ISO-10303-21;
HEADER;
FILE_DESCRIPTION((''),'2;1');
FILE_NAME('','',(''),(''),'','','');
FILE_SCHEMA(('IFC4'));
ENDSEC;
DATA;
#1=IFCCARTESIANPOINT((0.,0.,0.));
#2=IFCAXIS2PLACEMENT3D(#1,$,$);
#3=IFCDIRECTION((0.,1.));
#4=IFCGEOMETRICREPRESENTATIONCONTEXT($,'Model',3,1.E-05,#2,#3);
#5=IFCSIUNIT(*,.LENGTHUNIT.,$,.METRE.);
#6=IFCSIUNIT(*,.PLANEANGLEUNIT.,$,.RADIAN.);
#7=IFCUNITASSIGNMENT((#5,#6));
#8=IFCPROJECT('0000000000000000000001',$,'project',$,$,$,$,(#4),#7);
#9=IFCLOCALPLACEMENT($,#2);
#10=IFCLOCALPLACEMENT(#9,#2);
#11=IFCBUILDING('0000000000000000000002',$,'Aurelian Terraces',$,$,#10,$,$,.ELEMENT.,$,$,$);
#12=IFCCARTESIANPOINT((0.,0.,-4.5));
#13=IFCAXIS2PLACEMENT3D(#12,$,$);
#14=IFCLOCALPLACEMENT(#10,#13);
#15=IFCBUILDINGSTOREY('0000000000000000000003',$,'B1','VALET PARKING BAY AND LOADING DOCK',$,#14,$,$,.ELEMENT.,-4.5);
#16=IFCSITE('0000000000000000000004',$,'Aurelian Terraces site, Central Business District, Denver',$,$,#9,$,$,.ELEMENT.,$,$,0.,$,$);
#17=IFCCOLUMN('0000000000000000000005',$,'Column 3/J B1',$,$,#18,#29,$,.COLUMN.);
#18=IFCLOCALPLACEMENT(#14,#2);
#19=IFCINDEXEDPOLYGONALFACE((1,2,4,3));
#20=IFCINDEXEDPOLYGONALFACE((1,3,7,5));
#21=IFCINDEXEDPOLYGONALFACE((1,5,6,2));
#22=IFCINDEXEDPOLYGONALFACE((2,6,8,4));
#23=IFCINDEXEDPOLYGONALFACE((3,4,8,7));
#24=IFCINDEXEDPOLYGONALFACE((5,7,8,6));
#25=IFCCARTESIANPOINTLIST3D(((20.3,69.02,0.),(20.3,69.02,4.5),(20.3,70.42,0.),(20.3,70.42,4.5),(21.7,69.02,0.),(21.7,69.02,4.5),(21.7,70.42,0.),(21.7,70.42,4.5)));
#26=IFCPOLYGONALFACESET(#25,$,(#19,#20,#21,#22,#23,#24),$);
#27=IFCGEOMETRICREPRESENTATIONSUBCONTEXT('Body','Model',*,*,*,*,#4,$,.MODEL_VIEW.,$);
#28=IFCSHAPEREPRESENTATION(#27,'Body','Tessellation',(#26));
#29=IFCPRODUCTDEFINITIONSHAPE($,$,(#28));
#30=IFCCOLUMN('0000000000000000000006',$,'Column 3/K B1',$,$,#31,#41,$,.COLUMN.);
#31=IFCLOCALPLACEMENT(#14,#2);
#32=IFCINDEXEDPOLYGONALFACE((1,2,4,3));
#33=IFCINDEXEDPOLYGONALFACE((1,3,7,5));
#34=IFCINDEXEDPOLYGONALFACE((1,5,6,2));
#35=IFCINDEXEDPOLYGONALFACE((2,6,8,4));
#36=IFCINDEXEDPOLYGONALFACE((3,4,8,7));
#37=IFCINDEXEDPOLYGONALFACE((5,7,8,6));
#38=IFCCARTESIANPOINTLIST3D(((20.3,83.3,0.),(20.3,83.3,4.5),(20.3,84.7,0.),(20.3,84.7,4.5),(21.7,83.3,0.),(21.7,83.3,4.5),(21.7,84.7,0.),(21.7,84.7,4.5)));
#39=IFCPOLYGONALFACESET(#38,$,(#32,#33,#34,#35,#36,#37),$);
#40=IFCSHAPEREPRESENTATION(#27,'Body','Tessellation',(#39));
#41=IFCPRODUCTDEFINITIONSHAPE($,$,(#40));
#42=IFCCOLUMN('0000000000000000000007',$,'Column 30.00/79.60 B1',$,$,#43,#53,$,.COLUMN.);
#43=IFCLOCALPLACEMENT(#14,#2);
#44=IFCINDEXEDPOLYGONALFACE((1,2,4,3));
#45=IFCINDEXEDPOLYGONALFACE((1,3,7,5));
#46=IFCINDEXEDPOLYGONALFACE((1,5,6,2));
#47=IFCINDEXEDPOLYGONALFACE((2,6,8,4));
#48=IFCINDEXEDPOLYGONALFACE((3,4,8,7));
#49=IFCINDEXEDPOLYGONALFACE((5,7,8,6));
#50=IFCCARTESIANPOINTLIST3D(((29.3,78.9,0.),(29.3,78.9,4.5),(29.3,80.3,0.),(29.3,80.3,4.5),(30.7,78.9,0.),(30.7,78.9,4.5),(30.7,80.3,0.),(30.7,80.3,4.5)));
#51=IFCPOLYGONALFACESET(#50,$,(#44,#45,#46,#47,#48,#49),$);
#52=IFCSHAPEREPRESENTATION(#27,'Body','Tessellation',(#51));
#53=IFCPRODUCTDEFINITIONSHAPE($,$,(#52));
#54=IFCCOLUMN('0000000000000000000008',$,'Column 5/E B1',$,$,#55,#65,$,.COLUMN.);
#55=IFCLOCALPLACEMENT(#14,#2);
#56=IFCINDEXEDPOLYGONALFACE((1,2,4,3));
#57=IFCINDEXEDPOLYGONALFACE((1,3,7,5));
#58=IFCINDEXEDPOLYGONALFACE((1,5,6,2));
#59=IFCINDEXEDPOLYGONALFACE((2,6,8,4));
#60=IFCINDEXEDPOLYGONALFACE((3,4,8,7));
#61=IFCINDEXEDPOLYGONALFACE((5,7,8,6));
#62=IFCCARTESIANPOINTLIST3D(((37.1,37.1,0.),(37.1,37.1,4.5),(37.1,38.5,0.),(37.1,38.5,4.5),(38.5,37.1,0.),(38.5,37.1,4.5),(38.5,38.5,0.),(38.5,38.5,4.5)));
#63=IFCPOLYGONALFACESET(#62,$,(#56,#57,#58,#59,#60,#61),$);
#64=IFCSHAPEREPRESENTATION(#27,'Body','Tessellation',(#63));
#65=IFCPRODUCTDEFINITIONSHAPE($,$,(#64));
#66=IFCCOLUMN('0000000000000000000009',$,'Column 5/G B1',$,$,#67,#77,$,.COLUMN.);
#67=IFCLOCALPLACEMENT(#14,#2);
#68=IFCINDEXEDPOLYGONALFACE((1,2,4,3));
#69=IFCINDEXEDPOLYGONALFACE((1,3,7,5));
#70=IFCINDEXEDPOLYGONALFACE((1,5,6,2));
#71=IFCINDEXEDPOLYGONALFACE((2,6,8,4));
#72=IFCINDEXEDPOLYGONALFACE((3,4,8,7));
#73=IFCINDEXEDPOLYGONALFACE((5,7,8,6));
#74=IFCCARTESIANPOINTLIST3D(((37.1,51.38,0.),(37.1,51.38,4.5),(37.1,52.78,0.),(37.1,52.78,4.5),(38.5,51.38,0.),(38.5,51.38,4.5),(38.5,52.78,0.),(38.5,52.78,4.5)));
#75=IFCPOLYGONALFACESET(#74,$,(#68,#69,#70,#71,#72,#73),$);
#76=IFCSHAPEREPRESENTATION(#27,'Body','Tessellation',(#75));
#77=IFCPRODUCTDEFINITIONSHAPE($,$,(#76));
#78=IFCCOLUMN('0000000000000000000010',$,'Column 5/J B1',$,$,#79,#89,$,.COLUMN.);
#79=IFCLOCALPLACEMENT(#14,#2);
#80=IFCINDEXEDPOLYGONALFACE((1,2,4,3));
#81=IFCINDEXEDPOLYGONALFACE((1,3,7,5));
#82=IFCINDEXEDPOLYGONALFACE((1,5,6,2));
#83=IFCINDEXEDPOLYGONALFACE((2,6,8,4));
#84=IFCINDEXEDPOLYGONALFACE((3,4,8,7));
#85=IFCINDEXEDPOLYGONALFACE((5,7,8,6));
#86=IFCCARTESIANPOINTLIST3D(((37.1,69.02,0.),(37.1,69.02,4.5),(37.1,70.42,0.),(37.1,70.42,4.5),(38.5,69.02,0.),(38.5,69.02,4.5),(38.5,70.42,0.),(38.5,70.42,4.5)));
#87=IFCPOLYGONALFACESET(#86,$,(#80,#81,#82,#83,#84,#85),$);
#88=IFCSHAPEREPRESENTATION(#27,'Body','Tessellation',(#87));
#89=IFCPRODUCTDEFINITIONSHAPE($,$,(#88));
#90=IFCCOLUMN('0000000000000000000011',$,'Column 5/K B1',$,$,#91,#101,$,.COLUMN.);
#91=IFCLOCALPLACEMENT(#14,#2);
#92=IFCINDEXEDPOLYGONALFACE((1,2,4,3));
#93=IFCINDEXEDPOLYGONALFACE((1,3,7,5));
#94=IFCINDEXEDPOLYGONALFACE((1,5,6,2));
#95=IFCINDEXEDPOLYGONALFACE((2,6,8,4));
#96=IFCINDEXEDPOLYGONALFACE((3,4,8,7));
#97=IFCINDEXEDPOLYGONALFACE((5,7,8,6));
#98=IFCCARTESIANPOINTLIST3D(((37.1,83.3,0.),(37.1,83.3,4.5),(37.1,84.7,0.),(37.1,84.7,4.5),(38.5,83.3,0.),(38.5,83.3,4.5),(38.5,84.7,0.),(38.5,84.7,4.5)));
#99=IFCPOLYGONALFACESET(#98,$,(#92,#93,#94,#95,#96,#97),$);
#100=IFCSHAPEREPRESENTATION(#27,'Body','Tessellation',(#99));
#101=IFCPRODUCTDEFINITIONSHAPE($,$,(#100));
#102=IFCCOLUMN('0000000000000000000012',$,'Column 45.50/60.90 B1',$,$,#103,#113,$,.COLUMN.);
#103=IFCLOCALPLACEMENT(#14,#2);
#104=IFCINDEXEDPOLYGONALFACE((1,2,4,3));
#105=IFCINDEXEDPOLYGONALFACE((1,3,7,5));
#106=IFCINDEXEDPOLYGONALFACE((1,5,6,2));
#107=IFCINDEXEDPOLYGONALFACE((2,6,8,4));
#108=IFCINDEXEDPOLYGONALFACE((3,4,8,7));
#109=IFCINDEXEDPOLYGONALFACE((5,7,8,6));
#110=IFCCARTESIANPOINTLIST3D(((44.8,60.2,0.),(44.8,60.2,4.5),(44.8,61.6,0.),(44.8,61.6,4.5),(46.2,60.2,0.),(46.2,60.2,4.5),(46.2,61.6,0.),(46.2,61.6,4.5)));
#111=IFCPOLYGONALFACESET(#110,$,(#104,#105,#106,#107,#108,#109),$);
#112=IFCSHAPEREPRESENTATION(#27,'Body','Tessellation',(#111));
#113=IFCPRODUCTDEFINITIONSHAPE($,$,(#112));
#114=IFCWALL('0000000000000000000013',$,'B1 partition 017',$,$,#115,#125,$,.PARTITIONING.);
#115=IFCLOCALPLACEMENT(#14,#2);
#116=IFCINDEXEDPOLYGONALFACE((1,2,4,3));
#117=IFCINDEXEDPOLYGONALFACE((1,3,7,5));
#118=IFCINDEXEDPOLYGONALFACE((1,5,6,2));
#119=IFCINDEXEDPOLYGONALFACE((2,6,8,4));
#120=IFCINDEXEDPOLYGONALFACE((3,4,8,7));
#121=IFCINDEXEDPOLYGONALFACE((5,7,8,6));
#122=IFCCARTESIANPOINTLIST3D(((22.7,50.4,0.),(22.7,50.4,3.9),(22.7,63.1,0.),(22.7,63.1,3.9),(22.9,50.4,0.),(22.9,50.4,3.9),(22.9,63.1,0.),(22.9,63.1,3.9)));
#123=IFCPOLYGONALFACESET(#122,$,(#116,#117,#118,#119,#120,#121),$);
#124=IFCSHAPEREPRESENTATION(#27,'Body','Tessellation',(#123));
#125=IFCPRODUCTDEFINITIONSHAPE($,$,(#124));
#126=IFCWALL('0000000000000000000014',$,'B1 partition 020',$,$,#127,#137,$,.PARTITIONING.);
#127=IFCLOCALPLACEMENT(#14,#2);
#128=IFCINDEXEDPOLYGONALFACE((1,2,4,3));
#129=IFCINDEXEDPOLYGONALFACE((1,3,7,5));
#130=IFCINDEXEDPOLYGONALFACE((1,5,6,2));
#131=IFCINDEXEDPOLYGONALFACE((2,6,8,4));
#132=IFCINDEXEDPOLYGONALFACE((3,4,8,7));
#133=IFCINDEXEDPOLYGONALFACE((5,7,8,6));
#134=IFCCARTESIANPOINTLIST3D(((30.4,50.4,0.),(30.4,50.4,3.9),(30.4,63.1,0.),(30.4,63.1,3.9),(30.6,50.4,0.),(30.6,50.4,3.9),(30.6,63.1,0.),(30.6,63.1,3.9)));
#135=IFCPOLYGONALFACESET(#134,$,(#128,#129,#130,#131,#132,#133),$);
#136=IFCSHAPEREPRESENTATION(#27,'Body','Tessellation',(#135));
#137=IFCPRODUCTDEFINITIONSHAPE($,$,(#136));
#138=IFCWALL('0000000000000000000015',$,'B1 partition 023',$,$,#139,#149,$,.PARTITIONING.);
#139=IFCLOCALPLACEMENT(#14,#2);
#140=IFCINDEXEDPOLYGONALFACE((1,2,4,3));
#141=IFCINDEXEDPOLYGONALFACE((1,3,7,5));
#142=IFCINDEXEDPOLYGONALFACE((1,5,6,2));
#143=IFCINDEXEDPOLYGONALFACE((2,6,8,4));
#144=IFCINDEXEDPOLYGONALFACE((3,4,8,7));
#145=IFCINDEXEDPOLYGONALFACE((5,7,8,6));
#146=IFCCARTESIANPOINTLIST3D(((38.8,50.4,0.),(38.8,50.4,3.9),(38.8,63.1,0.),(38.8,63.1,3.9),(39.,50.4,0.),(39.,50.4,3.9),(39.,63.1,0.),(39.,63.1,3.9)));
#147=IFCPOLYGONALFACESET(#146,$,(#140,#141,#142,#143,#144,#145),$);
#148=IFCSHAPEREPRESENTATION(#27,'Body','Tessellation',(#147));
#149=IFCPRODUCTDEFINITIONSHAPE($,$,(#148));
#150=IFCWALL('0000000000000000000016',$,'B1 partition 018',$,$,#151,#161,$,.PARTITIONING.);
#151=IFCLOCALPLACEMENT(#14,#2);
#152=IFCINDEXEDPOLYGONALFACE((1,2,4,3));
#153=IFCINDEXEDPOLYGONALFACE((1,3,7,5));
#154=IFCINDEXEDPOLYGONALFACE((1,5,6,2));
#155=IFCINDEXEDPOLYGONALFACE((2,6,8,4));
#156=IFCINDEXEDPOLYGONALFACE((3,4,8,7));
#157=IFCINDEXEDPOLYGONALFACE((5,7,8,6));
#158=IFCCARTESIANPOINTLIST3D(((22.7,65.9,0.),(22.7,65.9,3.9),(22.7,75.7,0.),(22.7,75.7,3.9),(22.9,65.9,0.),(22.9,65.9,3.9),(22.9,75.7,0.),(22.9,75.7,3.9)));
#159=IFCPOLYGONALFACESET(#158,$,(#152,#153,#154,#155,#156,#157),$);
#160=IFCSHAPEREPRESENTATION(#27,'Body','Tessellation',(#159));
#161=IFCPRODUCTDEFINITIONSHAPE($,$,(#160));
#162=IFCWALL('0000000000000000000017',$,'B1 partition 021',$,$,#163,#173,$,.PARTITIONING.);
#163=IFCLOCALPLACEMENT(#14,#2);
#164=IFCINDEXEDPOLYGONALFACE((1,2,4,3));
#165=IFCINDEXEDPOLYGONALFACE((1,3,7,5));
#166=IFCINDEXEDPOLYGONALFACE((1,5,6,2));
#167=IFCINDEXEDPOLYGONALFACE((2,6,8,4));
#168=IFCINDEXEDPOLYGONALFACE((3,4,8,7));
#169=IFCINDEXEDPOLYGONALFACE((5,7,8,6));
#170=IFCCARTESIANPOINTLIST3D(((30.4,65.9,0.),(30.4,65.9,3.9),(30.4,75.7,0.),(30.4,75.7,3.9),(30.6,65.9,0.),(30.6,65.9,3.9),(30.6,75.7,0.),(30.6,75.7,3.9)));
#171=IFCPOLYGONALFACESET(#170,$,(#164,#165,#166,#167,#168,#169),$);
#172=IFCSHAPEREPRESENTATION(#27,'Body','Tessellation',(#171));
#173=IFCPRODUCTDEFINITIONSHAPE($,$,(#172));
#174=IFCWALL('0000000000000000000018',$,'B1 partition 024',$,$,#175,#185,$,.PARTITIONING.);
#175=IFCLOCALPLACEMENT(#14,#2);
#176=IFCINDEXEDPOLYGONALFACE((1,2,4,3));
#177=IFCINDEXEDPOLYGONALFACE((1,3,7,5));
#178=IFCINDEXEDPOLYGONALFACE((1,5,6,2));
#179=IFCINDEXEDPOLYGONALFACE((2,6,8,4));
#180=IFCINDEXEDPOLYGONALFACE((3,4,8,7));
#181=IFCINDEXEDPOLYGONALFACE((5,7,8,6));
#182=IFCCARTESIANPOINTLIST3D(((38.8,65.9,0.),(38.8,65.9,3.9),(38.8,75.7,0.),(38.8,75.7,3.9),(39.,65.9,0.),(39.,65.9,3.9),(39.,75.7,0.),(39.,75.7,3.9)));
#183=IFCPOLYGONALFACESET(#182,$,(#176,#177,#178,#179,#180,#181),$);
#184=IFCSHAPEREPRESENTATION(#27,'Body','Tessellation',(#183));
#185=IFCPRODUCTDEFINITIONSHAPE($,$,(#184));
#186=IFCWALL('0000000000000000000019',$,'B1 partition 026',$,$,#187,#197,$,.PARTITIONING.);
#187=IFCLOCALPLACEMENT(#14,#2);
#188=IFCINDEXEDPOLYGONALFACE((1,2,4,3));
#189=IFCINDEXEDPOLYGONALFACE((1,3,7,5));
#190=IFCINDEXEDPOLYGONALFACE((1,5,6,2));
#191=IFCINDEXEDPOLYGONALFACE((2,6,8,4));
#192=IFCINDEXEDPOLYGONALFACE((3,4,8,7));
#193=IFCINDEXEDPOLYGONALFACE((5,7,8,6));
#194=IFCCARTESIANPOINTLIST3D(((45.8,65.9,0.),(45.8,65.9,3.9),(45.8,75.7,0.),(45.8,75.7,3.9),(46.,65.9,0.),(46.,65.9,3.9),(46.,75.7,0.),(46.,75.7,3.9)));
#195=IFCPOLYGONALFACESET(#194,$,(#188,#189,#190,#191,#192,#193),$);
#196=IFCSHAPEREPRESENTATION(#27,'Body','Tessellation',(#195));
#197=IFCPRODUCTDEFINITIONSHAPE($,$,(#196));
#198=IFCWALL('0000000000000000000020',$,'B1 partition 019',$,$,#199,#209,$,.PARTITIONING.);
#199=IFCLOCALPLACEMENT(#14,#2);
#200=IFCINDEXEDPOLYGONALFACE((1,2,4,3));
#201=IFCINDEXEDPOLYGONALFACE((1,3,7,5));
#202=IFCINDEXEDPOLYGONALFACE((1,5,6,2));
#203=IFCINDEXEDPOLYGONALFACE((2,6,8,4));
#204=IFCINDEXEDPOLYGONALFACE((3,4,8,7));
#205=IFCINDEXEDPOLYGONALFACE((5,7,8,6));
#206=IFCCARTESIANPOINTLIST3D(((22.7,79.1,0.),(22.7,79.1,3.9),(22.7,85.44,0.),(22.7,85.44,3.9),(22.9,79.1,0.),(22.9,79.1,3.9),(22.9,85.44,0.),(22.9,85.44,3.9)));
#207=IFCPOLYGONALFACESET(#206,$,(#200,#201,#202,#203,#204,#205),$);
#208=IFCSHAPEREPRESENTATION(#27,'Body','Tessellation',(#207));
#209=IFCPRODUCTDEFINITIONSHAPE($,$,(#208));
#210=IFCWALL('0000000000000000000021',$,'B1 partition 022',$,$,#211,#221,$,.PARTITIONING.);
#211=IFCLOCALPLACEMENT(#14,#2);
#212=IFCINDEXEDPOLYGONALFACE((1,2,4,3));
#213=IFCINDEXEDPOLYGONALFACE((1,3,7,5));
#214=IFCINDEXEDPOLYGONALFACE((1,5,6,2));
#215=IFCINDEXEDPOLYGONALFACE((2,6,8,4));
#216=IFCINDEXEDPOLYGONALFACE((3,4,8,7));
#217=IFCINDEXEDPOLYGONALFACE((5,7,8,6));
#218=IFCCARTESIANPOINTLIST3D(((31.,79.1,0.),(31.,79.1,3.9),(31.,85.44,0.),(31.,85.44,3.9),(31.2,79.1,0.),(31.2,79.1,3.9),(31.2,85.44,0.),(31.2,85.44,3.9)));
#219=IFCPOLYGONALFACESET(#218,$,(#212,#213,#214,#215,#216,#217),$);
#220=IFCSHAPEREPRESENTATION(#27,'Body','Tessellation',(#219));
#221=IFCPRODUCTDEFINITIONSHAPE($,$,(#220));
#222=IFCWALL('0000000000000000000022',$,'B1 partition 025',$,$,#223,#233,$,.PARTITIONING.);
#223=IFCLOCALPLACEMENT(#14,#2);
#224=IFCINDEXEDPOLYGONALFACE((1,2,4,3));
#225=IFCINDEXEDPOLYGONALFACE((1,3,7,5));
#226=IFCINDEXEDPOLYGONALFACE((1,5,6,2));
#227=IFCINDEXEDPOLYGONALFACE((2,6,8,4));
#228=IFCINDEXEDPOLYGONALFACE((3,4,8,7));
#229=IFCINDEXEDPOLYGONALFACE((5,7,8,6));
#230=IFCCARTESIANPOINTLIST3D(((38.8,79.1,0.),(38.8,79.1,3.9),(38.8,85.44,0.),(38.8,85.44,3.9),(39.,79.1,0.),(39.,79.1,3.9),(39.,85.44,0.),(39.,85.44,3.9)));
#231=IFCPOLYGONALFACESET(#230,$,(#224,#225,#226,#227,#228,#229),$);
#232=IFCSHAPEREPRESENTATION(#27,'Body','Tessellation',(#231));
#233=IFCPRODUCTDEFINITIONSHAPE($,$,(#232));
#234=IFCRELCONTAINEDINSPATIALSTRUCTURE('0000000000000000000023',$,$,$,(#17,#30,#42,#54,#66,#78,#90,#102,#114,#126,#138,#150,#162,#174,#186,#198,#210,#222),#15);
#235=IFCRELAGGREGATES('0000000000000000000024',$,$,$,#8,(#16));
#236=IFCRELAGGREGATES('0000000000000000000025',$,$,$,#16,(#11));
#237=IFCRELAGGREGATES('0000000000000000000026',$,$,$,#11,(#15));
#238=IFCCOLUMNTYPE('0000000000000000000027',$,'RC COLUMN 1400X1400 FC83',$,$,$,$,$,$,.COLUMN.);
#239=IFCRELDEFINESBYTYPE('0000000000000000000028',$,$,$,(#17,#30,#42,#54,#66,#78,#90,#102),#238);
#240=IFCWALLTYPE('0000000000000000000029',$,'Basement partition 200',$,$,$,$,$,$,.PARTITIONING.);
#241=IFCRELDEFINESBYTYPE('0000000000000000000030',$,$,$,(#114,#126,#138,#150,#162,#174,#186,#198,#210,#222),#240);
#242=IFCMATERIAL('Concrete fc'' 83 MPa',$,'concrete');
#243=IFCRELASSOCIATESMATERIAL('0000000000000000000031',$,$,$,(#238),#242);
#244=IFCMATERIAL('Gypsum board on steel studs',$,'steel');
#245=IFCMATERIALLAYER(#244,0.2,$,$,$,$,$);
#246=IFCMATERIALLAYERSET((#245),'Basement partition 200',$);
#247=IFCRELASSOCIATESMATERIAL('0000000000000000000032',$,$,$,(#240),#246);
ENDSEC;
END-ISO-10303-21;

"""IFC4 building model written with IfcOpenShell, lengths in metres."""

from ifc_helpers import new_model, si_unit, direction, frame, frame_2d, origin, origin_2d, place, context, subcontext, project, spatial, rectangle, extrude, source, transform, mapped, material, layer, layer_set, material_profile, profile_set, type_object, element, save


model = new_model("IFC4")

# Units and contexts
model_context = context("Model", 3, precision=1e-05, world=origin(), true_north=direction((0.0, 1.0)))
body_context = subcontext(model_context, "Body", "Model", "MODEL_VIEW")
ifc_project = project(units=[si_unit("LENGTHUNIT", "METRE"), si_unit("PLANEANGLEUNIT", "RADIAN")], contexts=[model_context])

# Site, building, storey
site_placement = place(None, origin())
site = spatial("IfcSite", under=ifc_project, at=site_placement, Name="Aurelian Terraces site, Central Business District, Denver", CompositionType="ELEMENT", RefElevation=0.0)
building_placement = place(site_placement, origin())
building = spatial("IfcBuilding", under=site, at=building_placement, Name="Aurelian Terraces", CompositionType="ELEMENT")
storey_placement = place(building_placement, frame((0.0, 0.0, -4.5)))
storey = spatial("IfcBuildingStorey", under=building, at=storey_placement, Name="B1", Description="VALET PARKING BAY AND LOADING DOCK", CompositionType="ELEMENT", Elevation=-4.5)

# Columns
ifc_material_1 = material(Name="Concrete fc' 83 MPa", Category="concrete")
ifc_material_profile = material_profile(ifc_material_1, rectangle(XDim=1.4, YDim=1.4, at=origin_2d()))
ifc_profile_set = profile_set([ifc_material_profile], Name="Concrete fc' 83 MPa")
column_type = type_object("IfcColumnType", Name="RC COLUMN 1400X1400 FC83", PredefinedType="COLUMN", material=ifc_profile_set)
shared_shape_1 = source(origin(), body_context, "Body", "SweptSolid", [
    extrude(rectangle(XDim=1.4, YDim=1.4, at=origin_2d()), origin(), (0.0, 0.0, 1.0), 4.5),
])
for number, where, z_axis, x_axis, name in (
    (1, (21.0, 69.72, 0.0), (0.0, 0.0, 1.0), (1.0, 0.0, 0.0), "Column 3/J B1"),
    (2, (21.0, 84.0, 0.0), (0.0, 0.0, 1.0), (1.0, 0.0, 0.0), "Column 3/K B1"),
    (3, (30.0, 79.6, 0.0), (0.0, 0.0, 1.0), (1.0, 0.0, 0.0), "Column 30.00/79.60 B1"),
    (4, (37.8, 37.8, 0.0), (0.0, 0.0, 1.0), (1.0, 0.0, 0.0), "Column 5/E B1"),
    (5, (37.8, 52.08, 0.0), (0.0, 0.0, 1.0), (1.0, 0.0, 0.0), "Column 5/G B1"),
    (6, (37.8, 69.72, 0.0), (0.0, 0.0, 1.0), (1.0, 0.0, 0.0), "Column 5/J B1"),
    (7, (37.8, 84.0, 0.0), (0.0, 0.0, 1.0), (1.0, 0.0, 0.0), "Column 5/K B1"),
    (8, (45.5, 60.9, 0.0), (0.0, 0.0, 1.0), (1.0, 0.0, 0.0), "Column 45.50/60.90 B1"),
):
    element("IfcColumn", number, at=place(storey_placement, frame(where, z_axis=z_axis, x_axis=x_axis)), inside=storey, type_object=column_type, Name=name, PredefinedType="COLUMN", context=body_context, shape_type="MappedRepresentation", body=[
        mapped(shared_shape_1, transform((0.0, 0.0, 0.0), scale=1.0)),
    ])

# Walls
ifc_material_2 = material(Name="Gypsum board on steel studs", Category="steel")
ifc_layer = layer(ifc_material_2, 0.2)
ifc_layer_set = layer_set([ifc_layer], Name="Basement partition 200")
wall_type = type_object("IfcWallType", Name="Basement partition 200", PredefinedType="PARTITIONING", material=ifc_layer_set)
shared_shape_2 = source(origin(), body_context, "Body", "SweptSolid", [
    extrude(rectangle(XDim=12.7, YDim=0.2, at=frame_2d((6.35, 0.0))), origin(), (0.0, 0.0, 1.0), 3.9),
])
for number, where, z_axis, x_axis, name in (
    (9, (22.8, 50.4, 0.0), (0.0, 0.0, 1.0), (0.0, 1.0, 0.0), "B1 partition 017"),
    (10, (30.5, 50.4, 0.0), (0.0, 0.0, 1.0), (0.0, 1.0, 0.0), "B1 partition 020"),
    (11, (38.9, 50.4, 0.0), (0.0, 0.0, 1.0), (0.0, 1.0, 0.0), "B1 partition 023"),
):
    element("IfcWall", number, at=place(storey_placement, frame(where, z_axis=z_axis, x_axis=x_axis)), inside=storey, type_object=wall_type, Name=name, PredefinedType="PARTITIONING", context=body_context, shape_type="MappedRepresentation", body=[
        mapped(shared_shape_2, transform((0.0, 0.0, 0.0), scale=1.0)),
    ])
shared_shape_3 = source(origin(), body_context, "Body", "SweptSolid", [
    extrude(rectangle(XDim=9.8, YDim=0.2, at=frame_2d((4.9, 0.0))), origin(), (0.0, 0.0, 1.0), 3.9),
])
for number, where, z_axis, x_axis, name in (
    (12, (22.8, 65.9, 0.0), (0.0, 0.0, 1.0), (0.0, 1.0, 0.0), "B1 partition 018"),
    (13, (30.5, 65.9, 0.0), (0.0, 0.0, 1.0), (0.0, 1.0, 0.0), "B1 partition 021"),
    (14, (38.9, 65.9, 0.0), (0.0, 0.0, 1.0), (0.0, 1.0, 0.0), "B1 partition 024"),
    (15, (45.9, 65.9, 0.0), (0.0, 0.0, 1.0), (0.0, 1.0, 0.0), "B1 partition 026"),
):
    element("IfcWall", number, at=place(storey_placement, frame(where, z_axis=z_axis, x_axis=x_axis)), inside=storey, type_object=wall_type, Name=name, PredefinedType="PARTITIONING", context=body_context, shape_type="MappedRepresentation", body=[
        mapped(shared_shape_3, transform((0.0, 0.0, 0.0), scale=1.0)),
    ])
shared_shape_4 = source(origin(), body_context, "Body", "SweptSolid", [
    extrude(rectangle(XDim=6.34, YDim=0.2, at=frame_2d((3.17, 0.0))), origin(), (0.0, 0.0, 1.0), 3.9),
])
for number, where, z_axis, x_axis, name in (
    (16, (22.8, 79.1, 0.0), (0.0, 0.0, 1.0), (0.0, 1.0, 0.0), "B1 partition 019"),
    (17, (31.1, 79.1, 0.0), (0.0, 0.0, 1.0), (0.0, 1.0, 0.0), "B1 partition 022"),
    (18, (38.9, 79.1, 0.0), (0.0, 0.0, 1.0), (0.0, 1.0, 0.0), "B1 partition 025"),
):
    element("IfcWall", number, at=place(storey_placement, frame(where, z_axis=z_axis, x_axis=x_axis)), inside=storey, type_object=wall_type, Name=name, PredefinedType="PARTITIONING", context=body_context, shape_type="MappedRepresentation", body=[
        mapped(shared_shape_4, transform((0.0, 0.0, 0.0), scale=1.0)),
    ])

save(model, "model.ifc")
